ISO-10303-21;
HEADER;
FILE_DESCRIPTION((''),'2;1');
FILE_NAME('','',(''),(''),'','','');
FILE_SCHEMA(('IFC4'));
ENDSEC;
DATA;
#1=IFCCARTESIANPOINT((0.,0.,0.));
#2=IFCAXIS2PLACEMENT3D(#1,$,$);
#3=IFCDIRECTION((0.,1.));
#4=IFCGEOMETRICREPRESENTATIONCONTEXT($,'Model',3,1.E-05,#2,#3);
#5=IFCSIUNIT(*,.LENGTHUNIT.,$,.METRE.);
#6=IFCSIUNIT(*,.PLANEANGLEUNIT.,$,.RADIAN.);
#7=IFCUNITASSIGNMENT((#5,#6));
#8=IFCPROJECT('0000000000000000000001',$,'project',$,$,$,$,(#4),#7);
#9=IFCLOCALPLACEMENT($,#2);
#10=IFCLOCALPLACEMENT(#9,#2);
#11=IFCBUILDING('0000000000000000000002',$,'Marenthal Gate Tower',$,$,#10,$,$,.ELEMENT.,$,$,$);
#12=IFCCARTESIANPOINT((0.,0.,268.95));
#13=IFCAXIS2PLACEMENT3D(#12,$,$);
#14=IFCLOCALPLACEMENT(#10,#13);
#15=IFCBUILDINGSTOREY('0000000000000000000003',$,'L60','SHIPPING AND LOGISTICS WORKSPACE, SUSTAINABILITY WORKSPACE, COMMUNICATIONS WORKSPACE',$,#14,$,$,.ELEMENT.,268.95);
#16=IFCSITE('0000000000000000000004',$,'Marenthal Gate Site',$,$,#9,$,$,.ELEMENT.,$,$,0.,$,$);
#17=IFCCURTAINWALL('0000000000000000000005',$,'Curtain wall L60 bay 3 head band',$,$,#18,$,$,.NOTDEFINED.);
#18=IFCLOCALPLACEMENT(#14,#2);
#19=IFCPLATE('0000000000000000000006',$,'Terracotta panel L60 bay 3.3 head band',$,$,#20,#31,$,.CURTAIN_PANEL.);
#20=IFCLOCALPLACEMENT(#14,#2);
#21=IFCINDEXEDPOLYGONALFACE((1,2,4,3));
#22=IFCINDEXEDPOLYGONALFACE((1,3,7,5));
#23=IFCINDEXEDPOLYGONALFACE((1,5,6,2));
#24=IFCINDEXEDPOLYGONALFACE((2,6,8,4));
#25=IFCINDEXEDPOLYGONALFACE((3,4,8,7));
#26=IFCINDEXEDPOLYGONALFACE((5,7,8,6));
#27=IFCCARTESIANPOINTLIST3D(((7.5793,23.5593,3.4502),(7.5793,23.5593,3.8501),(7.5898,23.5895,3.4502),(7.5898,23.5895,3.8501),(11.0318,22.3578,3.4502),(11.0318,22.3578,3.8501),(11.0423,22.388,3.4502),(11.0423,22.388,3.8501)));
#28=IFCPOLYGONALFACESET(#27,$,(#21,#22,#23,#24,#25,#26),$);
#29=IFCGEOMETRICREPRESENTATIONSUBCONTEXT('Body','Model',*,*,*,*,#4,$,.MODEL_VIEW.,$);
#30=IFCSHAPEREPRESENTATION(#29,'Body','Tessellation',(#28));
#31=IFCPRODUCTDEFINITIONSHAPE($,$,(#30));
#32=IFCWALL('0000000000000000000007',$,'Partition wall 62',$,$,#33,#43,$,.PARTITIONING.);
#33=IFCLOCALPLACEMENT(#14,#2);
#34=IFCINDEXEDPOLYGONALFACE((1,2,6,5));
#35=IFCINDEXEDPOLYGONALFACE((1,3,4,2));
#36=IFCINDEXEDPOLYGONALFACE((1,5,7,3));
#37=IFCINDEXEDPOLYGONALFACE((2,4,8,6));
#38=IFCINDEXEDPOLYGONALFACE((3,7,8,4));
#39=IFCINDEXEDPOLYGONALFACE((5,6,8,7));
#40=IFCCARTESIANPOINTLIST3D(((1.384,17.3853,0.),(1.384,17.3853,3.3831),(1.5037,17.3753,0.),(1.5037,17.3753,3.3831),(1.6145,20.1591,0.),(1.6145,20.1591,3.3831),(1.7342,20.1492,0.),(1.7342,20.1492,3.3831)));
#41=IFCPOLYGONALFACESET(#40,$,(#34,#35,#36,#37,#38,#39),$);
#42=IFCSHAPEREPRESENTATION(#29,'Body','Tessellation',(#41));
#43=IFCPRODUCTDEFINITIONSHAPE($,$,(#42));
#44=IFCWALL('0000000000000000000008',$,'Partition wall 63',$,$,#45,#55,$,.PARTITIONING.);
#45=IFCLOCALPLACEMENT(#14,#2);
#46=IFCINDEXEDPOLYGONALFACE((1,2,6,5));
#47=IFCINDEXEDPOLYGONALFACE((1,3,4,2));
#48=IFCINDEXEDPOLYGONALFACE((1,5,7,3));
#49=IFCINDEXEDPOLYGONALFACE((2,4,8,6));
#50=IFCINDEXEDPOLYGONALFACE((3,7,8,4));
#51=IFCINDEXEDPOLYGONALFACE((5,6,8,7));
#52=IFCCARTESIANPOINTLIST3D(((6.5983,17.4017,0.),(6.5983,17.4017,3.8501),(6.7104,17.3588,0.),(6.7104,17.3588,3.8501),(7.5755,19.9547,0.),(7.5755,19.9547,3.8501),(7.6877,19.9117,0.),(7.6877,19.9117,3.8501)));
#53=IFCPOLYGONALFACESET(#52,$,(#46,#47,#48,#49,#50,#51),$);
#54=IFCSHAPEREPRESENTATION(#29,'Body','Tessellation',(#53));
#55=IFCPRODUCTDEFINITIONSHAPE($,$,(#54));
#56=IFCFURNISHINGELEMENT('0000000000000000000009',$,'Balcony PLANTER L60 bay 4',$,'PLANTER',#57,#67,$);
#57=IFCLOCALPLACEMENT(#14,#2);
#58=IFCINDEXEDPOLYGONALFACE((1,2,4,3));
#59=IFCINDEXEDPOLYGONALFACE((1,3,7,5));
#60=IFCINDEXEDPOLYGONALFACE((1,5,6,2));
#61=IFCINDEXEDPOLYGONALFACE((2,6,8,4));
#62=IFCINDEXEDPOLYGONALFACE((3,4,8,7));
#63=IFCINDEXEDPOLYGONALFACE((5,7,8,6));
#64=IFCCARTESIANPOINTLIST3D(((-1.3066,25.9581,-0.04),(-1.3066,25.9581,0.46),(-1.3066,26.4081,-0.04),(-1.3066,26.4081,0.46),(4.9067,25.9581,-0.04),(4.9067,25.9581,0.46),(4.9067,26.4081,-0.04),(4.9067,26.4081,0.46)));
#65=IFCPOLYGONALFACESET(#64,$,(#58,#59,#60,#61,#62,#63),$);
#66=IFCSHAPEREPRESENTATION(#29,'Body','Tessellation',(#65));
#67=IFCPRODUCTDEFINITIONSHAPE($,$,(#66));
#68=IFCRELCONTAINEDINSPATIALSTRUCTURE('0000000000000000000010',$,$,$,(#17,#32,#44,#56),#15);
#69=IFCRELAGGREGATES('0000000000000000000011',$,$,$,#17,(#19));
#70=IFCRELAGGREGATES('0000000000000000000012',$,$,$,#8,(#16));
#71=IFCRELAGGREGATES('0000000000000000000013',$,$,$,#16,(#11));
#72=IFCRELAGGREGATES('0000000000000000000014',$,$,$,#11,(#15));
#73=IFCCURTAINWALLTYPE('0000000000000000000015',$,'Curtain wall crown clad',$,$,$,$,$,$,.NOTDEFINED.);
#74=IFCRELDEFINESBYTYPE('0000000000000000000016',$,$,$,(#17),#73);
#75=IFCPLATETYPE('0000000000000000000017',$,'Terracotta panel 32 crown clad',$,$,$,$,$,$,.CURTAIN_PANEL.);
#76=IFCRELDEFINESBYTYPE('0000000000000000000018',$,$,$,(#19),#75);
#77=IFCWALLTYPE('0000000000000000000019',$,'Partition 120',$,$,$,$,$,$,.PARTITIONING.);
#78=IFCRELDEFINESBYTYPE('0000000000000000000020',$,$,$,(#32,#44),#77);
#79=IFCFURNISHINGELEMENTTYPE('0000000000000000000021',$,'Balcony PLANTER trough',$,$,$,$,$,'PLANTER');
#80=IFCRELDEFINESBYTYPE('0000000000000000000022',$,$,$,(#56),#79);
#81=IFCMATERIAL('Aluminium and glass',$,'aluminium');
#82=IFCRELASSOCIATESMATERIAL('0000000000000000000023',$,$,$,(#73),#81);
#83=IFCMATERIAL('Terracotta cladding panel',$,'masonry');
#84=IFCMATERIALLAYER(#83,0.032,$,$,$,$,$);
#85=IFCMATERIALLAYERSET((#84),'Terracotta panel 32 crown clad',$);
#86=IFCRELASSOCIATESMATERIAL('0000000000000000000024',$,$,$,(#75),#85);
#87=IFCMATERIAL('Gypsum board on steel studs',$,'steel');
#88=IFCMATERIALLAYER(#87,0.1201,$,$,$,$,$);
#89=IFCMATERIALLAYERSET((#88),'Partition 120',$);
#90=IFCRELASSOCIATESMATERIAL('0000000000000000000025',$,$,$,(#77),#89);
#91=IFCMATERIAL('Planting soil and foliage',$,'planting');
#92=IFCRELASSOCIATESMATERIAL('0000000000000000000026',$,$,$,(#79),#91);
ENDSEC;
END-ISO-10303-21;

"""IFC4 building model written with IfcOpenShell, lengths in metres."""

from ifc_helpers import new_model, si_unit, direction, frame, frame_2d, origin, origin_2d, place, context, subcontext, project, spatial, rectangle, extrude, material, layer, layer_set, type_object, element, aggregate, save


model = new_model("IFC4")

# Units and contexts
model_context = context("Model", 3, precision=1e-05, world=origin(), true_north=direction((0.0, 1.0)))
body_context = subcontext(model_context, "Body", "Model", "MODEL_VIEW")
ifc_project = project(units=[si_unit("LENGTHUNIT", "METRE"), si_unit("PLANEANGLEUNIT", "RADIAN")], contexts=[model_context])

# Site, building, storey
site_placement = place(None, origin())
site = spatial("IfcSite", under=ifc_project, at=site_placement, Name="Marenthal Gate Site", CompositionType="ELEMENT", RefElevation=0.0)
building_placement = place(site_placement, origin())
building = spatial("IfcBuilding", under=site, at=building_placement, Name="Marenthal Gate Tower", CompositionType="ELEMENT")
storey_placement = place(building_placement, frame((0.0, 0.0, 268.95)))
storey = spatial("IfcBuildingStorey", under=building, at=storey_placement, Name="L60", Description="SHIPPING AND LOGISTICS WORKSPACE, SUSTAINABILITY WORKSPACE, COMMUNICATIONS WORKSPACE", CompositionType="ELEMENT", Elevation=268.95)

# Curtain wall
ifc_material_1 = material(Name="Aluminium and glass", Category="aluminium")
curtain_wall_type_1 = type_object("IfcCurtainWallType", Name="Curtain wall crown clad", PredefinedType="NOTDEFINED", material=ifc_material_1)
curtain_wall_1_placement = place(storey_placement, origin())
curtain_wall_1 = element("IfcCurtainWall", 1, at=curtain_wall_1_placement, inside=storey, type_object=curtain_wall_type_1, Name="Curtain wall L60 bay 3 head band", PredefinedType="NOTDEFINED")

# Plate
ifc_material_2 = material(Name="Terracotta cladding panel", Category="masonry")
ifc_layer_1 = layer(ifc_material_2, 0.032)
ifc_layer_set_1 = layer_set([ifc_layer_1], Name="Terracotta panel 32 crown clad")
plate_type_1 = type_object("IfcPlateType", Name="Terracotta panel 32 crown clad", PredefinedType="CURTAIN_PANEL", material=ifc_layer_set_1)
plate_1_placement = place(storey_placement, frame((9.3108, 22.9736, 3.4502), z_axis=(0.0, 0.0, 1.0), x_axis=(-0.944445, 0.32867, 0.0)))
plate_1 = element("IfcPlate", 2, at=plate_1_placement, type_object=plate_type_1, Name="Terracotta panel L60 bay 3.3 head band", PredefinedType="CURTAIN_PANEL", context=body_context, shape_type="SweptSolid", body=[
    extrude(rectangle(XDim=3.6555, YDim=0.032, at=origin_2d()), origin(), (0.0, 0.0, 1.0), 0.3999),
])
aggregate(curtain_wall_1, [plate_1])

# Walls
ifc_material_3 = material(Name="Gypsum board on steel studs", Category="steel")
ifc_layer_2 = layer(ifc_material_3, 0.1201)
ifc_layer_set_2 = layer_set([ifc_layer_2], Name="Partition 120")
wall_type_1 = type_object("IfcWallType", Name="Partition 120", PredefinedType="PARTITIONING", material=ifc_layer_set_2)
wall_1_placement = place(storey_placement, frame((1.6743, 20.1541, 0.0), z_axis=(0.0, 0.0, 1.0), x_axis=(-0.082799, -0.996566, 0.0)))
element("IfcWall", 3, at=wall_1_placement, inside=storey, type_object=wall_type_1, Name="Partition wall 62", PredefinedType="PARTITIONING", context=body_context, shape_type="SweptSolid", body=[
    extrude(rectangle(XDim=2.7834, YDim=0.1201, at=frame_2d((1.3916, 0.0))), origin(), (0.0, 0.0, 1.0), 3.3831),
])
wall_2_placement = place(storey_placement, frame((7.6316, 19.9331, 0.0), z_axis=(0.0, 0.0, 1.0), x_axis=(-0.357506, -0.933911, 0.0)))
element("IfcWall", 4, at=wall_2_placement, inside=storey, type_object=wall_type_1, Name="Partition wall 63", PredefinedType="PARTITIONING", context=body_context, shape_type="SweptSolid", body=[
    extrude(rectangle(XDim=2.7336, YDim=0.1201, at=frame_2d((1.3667, 0.0))), origin(), (0.0, 0.0, 1.0), 3.8501),
])

# Furnishing element
ifc_material_4 = material(Name="Planting soil and foliage", Category="planting")
furnishing_element_type = type_object("IfcFurnishingElementType", Name="Balcony PLANTER trough", ElementType="PLANTER", material=ifc_material_4)
furnishing_placement = place(storey_placement, frame((1.8, 26.1831, -0.04), z_axis=(0.0, 0.0, 1.0), x_axis=(-1.0, 0.0, 0.0)))
element("IfcFurnishingElement", 5, at=furnishing_placement, inside=storey, type_object=furnishing_element_type, Name="Balcony PLANTER L60 bay 4", ObjectType="PLANTER", context=body_context, shape_type="SweptSolid", body=[
    extrude(rectangle(XDim=6.2134, YDim=0.45, at=origin_2d()), origin(), (0.0, 0.0, 1.0), 0.5),
])

save(model, "model.ifc")
